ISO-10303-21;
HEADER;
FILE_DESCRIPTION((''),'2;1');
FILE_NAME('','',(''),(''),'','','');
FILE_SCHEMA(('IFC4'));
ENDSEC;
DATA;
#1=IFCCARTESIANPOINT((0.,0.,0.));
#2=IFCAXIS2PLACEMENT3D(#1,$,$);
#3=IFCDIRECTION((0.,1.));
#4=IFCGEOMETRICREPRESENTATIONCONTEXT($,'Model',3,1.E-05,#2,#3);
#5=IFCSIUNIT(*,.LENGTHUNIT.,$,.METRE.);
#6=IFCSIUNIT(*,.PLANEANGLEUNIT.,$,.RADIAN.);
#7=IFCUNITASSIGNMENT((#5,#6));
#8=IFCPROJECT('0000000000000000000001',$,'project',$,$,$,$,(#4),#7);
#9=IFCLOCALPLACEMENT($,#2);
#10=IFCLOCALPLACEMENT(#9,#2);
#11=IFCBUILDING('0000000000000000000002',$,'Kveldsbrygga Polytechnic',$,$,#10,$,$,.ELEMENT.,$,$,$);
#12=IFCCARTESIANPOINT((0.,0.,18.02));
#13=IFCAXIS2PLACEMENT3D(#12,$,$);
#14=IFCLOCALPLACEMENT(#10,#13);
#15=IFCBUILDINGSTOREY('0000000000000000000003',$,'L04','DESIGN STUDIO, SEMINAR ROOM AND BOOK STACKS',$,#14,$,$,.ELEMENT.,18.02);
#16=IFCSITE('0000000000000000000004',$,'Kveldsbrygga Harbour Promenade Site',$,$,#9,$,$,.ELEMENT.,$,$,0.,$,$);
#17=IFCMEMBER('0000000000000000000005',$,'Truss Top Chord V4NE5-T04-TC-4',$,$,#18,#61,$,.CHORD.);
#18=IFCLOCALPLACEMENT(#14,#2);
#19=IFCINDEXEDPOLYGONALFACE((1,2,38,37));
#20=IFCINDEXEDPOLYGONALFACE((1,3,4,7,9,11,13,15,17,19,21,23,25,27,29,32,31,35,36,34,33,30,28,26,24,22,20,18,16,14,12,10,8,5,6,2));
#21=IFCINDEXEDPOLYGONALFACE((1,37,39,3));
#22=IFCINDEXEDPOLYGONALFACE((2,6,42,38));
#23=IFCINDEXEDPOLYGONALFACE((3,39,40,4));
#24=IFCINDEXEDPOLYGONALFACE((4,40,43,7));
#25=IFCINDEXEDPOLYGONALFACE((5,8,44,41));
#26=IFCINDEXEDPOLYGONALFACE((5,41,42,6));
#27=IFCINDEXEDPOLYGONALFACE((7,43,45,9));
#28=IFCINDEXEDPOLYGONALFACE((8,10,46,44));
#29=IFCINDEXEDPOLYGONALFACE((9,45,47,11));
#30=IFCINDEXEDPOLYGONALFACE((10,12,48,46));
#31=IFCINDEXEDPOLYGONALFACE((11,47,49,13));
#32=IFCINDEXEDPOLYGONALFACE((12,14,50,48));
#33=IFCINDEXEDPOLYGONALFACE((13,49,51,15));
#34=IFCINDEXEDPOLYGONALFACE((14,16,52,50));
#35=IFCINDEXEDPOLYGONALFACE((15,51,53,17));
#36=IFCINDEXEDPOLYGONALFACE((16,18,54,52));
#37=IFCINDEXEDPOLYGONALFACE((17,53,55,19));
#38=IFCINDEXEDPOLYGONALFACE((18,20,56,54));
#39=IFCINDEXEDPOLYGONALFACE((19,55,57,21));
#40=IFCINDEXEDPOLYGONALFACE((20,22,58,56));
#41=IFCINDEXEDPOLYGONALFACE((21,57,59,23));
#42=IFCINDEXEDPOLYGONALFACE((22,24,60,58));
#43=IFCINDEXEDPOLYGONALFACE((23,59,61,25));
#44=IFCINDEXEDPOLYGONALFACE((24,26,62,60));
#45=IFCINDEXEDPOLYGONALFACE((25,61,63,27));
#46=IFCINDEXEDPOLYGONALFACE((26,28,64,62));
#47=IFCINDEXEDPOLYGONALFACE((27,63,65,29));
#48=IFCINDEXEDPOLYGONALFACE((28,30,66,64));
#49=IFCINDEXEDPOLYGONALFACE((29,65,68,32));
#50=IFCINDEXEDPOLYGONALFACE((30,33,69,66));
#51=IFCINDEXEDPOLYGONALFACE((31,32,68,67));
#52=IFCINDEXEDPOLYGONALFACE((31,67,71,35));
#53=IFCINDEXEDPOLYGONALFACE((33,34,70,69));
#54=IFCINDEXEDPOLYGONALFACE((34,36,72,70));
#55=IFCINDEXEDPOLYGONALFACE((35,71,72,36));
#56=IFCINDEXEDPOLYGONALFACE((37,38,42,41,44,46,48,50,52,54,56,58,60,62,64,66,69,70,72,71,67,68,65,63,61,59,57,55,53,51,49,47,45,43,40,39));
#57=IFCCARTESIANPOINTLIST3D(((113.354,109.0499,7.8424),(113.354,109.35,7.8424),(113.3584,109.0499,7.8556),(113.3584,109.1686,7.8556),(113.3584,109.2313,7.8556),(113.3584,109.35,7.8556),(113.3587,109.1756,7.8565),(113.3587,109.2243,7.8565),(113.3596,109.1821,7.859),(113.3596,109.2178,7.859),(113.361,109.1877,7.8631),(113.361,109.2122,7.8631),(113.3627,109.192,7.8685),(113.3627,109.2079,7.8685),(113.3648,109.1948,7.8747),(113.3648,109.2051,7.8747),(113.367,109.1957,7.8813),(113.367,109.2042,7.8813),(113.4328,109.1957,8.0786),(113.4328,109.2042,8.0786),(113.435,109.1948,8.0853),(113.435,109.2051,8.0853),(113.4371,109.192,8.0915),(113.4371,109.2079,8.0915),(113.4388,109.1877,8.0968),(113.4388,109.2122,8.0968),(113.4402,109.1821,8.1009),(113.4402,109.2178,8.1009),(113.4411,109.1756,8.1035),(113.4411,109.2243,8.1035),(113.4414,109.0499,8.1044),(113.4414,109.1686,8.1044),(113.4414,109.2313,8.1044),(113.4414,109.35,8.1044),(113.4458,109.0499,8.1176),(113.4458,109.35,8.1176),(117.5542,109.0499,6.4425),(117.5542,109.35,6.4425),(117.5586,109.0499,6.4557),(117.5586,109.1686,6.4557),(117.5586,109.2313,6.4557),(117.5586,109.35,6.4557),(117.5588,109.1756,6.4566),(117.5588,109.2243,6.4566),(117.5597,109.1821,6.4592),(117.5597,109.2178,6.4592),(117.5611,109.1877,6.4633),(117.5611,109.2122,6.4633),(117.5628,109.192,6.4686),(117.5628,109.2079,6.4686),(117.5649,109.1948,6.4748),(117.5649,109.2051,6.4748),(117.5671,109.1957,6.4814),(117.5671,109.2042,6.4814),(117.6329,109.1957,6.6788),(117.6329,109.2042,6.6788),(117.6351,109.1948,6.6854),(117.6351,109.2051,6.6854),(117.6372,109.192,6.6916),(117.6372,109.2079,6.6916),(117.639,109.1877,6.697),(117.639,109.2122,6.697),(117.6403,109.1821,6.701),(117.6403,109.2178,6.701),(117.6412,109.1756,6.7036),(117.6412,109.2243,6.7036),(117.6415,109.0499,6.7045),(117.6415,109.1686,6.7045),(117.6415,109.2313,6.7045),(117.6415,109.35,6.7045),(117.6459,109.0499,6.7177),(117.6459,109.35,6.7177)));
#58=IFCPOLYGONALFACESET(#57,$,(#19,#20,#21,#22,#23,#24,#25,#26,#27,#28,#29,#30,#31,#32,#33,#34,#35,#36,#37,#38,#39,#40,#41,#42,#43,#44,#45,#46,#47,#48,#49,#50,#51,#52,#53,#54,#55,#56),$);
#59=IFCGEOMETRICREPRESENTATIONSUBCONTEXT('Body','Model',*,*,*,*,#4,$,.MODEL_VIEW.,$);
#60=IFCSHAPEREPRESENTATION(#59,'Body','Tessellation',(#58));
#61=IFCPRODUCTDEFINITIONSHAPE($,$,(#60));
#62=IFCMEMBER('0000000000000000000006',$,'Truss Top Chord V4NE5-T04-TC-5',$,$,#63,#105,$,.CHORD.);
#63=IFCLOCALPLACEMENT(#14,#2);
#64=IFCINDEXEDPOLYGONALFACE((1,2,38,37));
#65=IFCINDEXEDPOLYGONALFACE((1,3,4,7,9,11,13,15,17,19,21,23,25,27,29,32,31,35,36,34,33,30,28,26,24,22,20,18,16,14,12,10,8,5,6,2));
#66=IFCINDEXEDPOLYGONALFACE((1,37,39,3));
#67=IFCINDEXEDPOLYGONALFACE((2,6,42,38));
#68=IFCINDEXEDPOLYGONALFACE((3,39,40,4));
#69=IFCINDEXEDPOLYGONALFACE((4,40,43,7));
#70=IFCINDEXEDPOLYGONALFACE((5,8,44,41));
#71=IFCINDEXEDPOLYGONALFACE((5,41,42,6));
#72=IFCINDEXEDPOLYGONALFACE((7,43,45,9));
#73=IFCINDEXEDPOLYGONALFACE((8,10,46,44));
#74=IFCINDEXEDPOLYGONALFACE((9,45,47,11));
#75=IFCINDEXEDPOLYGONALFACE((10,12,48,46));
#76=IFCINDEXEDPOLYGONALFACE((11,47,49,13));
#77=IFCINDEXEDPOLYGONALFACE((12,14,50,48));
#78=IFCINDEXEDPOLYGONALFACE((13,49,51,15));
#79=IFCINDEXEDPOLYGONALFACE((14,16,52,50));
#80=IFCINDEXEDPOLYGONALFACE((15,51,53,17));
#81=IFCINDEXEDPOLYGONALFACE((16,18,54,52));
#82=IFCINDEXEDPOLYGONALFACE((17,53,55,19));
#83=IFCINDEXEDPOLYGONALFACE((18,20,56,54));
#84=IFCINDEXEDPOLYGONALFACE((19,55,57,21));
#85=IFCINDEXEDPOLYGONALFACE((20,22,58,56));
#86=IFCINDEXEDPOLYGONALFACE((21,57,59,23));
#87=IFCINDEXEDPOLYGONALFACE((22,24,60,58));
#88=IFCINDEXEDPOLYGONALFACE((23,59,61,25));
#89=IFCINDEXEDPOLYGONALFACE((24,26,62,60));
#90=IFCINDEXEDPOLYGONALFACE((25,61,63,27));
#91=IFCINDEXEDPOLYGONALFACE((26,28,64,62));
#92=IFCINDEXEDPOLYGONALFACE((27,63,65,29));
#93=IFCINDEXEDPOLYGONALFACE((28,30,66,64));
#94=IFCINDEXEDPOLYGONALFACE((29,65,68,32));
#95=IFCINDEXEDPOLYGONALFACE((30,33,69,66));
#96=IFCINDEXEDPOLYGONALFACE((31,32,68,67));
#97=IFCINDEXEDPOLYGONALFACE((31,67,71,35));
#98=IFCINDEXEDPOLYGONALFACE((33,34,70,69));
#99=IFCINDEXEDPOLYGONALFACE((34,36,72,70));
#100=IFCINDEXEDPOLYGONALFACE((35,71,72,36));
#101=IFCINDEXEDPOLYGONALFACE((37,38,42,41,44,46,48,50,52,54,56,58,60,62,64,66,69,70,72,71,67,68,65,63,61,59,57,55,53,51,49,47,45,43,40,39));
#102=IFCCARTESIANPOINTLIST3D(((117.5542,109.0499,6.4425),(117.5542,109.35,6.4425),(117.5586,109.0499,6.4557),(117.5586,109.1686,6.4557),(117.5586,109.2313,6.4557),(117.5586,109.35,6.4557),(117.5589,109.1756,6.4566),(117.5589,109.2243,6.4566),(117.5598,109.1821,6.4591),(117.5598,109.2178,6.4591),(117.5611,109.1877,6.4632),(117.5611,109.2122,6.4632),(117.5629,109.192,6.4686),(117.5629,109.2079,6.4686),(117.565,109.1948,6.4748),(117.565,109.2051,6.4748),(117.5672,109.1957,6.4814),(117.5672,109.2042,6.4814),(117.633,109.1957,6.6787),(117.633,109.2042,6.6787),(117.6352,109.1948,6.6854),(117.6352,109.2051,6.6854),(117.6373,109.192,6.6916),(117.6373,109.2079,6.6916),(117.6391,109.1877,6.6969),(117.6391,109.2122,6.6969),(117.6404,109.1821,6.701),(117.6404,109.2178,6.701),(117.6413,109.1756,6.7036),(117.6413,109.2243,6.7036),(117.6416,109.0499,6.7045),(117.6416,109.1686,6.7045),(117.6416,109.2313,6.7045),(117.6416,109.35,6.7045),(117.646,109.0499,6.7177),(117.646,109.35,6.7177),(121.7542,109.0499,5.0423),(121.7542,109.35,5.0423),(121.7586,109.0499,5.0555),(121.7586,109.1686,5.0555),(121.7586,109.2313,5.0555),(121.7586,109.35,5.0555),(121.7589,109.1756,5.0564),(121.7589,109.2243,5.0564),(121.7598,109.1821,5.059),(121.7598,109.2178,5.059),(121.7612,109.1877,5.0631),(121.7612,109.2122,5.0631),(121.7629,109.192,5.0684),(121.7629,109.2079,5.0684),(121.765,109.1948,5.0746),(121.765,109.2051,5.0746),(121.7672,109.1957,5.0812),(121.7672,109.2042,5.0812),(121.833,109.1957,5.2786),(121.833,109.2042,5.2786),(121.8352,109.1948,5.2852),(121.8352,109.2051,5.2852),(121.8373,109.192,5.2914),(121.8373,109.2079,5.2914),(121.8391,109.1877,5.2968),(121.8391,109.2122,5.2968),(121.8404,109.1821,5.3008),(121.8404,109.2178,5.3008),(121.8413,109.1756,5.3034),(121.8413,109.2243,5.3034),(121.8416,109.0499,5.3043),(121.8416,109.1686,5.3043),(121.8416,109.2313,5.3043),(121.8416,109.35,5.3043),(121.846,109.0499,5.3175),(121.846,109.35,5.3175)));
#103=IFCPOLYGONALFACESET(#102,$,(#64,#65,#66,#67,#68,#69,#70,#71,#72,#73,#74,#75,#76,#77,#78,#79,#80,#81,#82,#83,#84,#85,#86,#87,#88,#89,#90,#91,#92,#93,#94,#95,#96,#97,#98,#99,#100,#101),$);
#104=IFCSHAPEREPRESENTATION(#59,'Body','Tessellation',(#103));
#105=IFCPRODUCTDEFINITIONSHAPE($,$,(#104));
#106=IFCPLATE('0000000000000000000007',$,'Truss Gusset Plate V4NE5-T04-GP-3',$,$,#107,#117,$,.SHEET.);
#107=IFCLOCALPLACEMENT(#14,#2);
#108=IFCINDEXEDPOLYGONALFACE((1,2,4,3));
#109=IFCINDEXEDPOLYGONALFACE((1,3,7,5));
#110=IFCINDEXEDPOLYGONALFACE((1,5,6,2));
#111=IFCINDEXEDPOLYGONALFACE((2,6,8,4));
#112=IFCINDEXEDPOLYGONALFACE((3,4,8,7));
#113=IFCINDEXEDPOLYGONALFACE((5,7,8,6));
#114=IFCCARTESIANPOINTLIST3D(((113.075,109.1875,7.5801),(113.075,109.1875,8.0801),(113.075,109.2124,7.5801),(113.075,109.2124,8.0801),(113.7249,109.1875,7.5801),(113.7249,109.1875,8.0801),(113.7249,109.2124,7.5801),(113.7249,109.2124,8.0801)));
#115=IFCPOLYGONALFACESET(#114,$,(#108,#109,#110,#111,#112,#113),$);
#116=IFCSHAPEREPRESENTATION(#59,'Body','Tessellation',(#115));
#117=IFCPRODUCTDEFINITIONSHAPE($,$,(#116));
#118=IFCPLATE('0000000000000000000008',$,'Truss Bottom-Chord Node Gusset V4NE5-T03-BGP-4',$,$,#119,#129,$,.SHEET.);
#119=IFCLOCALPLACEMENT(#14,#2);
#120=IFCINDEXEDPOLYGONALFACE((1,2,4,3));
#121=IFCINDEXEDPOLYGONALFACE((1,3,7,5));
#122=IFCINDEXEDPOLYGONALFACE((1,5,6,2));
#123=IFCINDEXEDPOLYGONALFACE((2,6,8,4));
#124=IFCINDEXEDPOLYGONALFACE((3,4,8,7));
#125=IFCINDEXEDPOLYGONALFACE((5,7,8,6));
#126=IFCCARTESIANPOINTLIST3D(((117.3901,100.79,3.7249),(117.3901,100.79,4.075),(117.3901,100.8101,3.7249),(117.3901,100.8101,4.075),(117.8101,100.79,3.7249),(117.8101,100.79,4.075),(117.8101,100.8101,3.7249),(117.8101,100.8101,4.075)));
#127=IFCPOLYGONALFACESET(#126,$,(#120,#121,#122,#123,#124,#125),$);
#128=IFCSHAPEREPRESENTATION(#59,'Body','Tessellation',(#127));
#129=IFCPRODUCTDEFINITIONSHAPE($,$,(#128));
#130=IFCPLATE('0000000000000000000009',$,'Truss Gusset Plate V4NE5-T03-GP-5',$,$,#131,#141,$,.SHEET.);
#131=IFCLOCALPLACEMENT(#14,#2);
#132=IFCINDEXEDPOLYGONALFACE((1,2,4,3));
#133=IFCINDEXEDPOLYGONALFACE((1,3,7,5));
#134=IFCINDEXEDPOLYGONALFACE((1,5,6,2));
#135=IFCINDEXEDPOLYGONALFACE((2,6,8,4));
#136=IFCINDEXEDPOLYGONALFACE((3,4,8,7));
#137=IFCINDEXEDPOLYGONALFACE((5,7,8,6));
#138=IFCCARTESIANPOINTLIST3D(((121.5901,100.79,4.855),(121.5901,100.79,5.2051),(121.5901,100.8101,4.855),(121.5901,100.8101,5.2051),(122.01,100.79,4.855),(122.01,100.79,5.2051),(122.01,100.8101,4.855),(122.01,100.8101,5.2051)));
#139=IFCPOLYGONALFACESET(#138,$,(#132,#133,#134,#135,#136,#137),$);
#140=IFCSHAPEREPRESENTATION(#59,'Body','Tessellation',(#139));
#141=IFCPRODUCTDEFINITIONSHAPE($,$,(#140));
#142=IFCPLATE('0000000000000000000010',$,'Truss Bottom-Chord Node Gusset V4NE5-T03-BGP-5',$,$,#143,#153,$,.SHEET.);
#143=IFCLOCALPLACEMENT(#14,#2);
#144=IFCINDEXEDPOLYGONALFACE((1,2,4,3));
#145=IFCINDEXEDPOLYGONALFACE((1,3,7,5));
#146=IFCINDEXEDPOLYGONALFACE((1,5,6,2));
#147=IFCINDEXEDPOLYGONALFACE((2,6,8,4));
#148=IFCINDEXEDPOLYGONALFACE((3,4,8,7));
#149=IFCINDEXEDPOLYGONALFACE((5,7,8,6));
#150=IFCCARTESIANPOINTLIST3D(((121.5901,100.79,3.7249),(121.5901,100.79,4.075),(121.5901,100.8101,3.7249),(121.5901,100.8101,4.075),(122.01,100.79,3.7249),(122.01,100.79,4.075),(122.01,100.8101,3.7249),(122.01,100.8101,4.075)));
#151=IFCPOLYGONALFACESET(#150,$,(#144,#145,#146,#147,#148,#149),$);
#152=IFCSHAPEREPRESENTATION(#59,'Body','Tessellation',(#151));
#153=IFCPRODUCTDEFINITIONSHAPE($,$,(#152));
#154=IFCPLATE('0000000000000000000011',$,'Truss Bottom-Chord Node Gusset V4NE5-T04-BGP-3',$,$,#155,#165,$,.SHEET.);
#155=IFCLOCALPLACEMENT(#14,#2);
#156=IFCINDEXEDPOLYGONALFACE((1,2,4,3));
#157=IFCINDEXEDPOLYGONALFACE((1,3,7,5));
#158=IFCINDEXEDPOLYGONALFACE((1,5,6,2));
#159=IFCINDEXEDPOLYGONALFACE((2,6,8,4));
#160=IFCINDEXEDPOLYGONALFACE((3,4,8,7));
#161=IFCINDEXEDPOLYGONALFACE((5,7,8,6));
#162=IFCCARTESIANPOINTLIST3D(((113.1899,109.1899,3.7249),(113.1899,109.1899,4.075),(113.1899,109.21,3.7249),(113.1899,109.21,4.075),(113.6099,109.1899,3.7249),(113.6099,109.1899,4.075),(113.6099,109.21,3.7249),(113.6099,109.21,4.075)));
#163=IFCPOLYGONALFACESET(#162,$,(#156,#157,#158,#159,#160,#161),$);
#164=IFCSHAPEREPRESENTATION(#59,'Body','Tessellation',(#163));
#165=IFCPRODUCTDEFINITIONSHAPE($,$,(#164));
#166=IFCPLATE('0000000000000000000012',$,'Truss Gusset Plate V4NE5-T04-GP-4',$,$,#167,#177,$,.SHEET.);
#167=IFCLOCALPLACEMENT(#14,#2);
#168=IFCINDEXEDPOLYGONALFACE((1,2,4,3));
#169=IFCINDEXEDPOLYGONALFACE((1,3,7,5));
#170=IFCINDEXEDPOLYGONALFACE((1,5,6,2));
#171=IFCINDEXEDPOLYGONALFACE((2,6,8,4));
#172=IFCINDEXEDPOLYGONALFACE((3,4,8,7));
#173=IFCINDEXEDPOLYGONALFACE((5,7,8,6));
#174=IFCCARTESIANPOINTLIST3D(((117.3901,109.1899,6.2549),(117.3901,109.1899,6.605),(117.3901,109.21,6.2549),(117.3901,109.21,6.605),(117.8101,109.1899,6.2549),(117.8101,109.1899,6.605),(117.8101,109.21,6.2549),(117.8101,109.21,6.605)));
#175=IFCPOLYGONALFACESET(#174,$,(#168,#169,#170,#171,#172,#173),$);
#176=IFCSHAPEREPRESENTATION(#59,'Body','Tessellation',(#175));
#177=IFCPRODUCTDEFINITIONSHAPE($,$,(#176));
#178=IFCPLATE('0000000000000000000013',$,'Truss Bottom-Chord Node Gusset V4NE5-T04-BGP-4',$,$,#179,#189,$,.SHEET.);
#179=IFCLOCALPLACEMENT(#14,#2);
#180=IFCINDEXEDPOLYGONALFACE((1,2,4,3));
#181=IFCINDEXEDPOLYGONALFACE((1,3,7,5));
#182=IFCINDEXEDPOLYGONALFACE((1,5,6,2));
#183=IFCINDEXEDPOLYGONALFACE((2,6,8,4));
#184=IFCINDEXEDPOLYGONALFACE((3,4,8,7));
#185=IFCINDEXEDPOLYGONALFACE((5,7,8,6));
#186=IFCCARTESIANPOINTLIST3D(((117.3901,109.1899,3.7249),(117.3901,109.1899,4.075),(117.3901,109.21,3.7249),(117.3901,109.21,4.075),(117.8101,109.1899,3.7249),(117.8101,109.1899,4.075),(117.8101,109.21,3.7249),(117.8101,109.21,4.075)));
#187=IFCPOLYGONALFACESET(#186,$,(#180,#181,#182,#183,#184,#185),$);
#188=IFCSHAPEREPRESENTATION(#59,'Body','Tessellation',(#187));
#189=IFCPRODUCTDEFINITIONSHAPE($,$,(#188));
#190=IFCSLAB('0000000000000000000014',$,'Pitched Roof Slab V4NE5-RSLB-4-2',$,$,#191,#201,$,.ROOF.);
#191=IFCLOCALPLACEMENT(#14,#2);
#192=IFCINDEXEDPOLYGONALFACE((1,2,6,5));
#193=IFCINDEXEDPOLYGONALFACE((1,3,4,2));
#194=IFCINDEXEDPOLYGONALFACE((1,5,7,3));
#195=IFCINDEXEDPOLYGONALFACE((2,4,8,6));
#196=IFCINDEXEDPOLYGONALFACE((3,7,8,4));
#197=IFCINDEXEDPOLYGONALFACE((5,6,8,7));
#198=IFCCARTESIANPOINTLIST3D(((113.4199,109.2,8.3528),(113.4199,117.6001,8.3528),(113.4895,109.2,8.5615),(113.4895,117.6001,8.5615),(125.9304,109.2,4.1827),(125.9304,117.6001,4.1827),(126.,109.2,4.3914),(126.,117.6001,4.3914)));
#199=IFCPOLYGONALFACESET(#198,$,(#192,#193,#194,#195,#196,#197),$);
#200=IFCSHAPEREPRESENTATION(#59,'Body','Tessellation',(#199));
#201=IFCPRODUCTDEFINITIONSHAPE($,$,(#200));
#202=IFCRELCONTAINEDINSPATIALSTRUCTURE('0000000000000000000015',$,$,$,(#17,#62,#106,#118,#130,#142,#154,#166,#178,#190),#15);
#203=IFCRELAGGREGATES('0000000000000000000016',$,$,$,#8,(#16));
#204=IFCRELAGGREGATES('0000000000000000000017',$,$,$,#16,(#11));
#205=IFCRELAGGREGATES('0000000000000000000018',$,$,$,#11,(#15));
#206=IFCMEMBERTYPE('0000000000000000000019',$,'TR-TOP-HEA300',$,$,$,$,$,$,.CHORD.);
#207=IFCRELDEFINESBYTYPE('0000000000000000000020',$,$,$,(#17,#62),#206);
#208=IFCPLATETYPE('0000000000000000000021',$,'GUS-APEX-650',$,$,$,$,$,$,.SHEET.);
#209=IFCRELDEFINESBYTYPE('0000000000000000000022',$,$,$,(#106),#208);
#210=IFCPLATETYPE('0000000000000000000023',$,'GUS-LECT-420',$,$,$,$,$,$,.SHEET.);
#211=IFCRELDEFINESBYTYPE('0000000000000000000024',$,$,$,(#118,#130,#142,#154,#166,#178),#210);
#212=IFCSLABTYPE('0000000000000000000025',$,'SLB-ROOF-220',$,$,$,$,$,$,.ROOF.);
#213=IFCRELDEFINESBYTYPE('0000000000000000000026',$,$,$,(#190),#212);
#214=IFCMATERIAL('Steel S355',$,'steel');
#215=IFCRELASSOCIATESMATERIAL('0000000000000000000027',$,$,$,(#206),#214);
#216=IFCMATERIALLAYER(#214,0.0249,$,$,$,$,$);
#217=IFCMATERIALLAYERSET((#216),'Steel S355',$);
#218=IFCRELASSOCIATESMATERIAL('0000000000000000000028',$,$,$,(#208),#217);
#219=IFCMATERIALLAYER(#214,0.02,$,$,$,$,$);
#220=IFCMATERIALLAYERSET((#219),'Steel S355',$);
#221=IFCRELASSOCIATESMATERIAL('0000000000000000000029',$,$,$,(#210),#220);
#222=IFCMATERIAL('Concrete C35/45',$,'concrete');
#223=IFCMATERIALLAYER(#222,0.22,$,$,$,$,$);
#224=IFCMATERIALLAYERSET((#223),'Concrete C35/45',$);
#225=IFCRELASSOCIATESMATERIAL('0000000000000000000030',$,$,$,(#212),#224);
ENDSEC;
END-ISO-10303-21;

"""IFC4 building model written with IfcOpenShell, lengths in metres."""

from ifc_helpers import new_model, si_unit, direction, frame, origin, origin_2d, place, context, subcontext, project, spatial, polyline, rectangle, i_section, outline, extrude, material, layer, layer_set, material_profile, profile_set, type_object, element, save


model = new_model("IFC4")

# Units and contexts
model_context = context("Model", 3, precision=1e-05, world=origin(), true_north=direction((0.0, 1.0)))
body_context = subcontext(model_context, "Body", "Model", "MODEL_VIEW")
ifc_project = project(units=[si_unit("LENGTHUNIT", "METRE"), si_unit("PLANEANGLEUNIT", "RADIAN")], contexts=[model_context])

# Site, building, storey
site_placement = place(None, origin())
site = spatial("IfcSite", under=ifc_project, at=site_placement, Name="Kveldsbrygga Harbour Promenade Site", CompositionType="ELEMENT", RefElevation=0.0)
building_placement = place(site_placement, origin())
building = spatial("IfcBuilding", under=site, at=building_placement, Name="Kveldsbrygga Polytechnic", CompositionType="ELEMENT")
storey_placement = place(building_placement, frame((0.0, 0.0, 18.02)))
storey = spatial("IfcBuildingStorey", under=building, at=storey_placement, Name="L04", Description="DESIGN STUDIO, SEMINAR ROOM AND BOOK STACKS", CompositionType="ELEMENT", Elevation=18.02)

# Members
ifc_material_1 = material(Name="Steel S355", Category="steel")
ifc_material_profile_1 = material_profile(ifc_material_1, i_section(OverallWidth=0.3, OverallDepth=0.29, WebThickness=0.0085, FlangeThickness=0.0139, FilletRadius=0.0271, at=origin_2d()), Name="HEA 300")
ifc_profile_set_1 = profile_set([ifc_material_profile_1], Name="Steel S355")
member_type_1 = type_object("IfcMemberType", Name="TR-TOP-HEA300", PredefinedType="CHORD", material=ifc_profile_set_1)
for number, where, z_axis, x_axis, name in (
    (1, (113.3999, 109.2, 7.98), (0.948694, 0.0, -0.316195), (0.0, 1.0, 0.0), "Truss Top Chord V4NE5-T04-TC-4"),
    (2, (117.6001, 109.2, 6.5801), (0.948672, 0.0, -0.316261), (0.0, 1.0, 0.0), "Truss Top Chord V4NE5-T04-TC-5"),
):
    element("IfcMember", number, at=place(storey_placement, frame(where, z_axis=z_axis, x_axis=x_axis)), inside=storey, type_object=member_type_1, Name=name, PredefinedType="CHORD", context=body_context, shape_type="SweptSolid", body=[
        extrude(i_section(OverallWidth=0.3, OverallDepth=0.29, WebThickness=0.0085, FlangeThickness=0.0139, FilletRadius=0.0271, at=origin_2d()), origin(), (0.0, 0.0, 1.0), 4.4272),
    ])

# Plates
ifc_layer_1 = layer(ifc_material_1, 0.0249)
ifc_layer_set_1 = layer_set([ifc_layer_1], Name="Steel S355")
plate_type_1 = type_object("IfcPlateType", Name="GUS-APEX-650", PredefinedType="SHEET", material=ifc_layer_set_1)
plate_placement = place(storey_placement, frame((113.3999, 109.2, 7.5801), z_axis=(0.0, 0.0, 1.0), x_axis=(1.0, 0.0, 0.0)))
element("IfcPlate", 3, at=plate_placement, inside=storey, type_object=plate_type_1, Name="Truss Gusset Plate V4NE5-T04-GP-3", PredefinedType="SHEET", context=body_context, shape_type="SweptSolid", body=[
    extrude(rectangle(XDim=0.6499, YDim=0.0249, at=origin_2d()), origin(), (0.0, 0.0, 1.0), 0.5),
])
ifc_layer_2 = layer(ifc_material_1, 0.02)
ifc_layer_set_2 = layer_set([ifc_layer_2], Name="Steel S355")
plate_type_2 = type_object("IfcPlateType", Name="GUS-LECT-420", PredefinedType="SHEET", material=ifc_layer_set_2)
for number, where, z_axis, x_axis, name in (
    (4, (117.6001, 100.8, 3.7249), (0.0, 0.0, 1.0), (1.0, 0.0, 0.0), "Truss Bottom-Chord Node Gusset V4NE5-T03-BGP-4"),
    (5, (121.8, 100.8, 4.855), (0.0, 0.0, 1.0), (1.0, 0.0, 0.0), "Truss Gusset Plate V4NE5-T03-GP-5"),
    (6, (121.8, 100.8, 3.7249), (0.0, 0.0, 1.0), (1.0, 0.0, 0.0), "Truss Bottom-Chord Node Gusset V4NE5-T03-BGP-5"),
    (7, (113.3999, 109.2, 3.7249), (0.0, 0.0, 1.0), (1.0, 0.0, 0.0), "Truss Bottom-Chord Node Gusset V4NE5-T04-BGP-3"),
    (8, (117.6001, 109.2, 6.2549), (0.0, 0.0, 1.0), (1.0, 0.0, 0.0), "Truss Gusset Plate V4NE5-T04-GP-4"),
    (9, (117.6001, 109.2, 3.7249), (0.0, 0.0, 1.0), (1.0, 0.0, 0.0), "Truss Bottom-Chord Node Gusset V4NE5-T04-BGP-4"),
):
    element("IfcPlate", number, at=place(storey_placement, frame(where, z_axis=z_axis, x_axis=x_axis)), inside=storey, type_object=plate_type_2, Name=name, PredefinedType="SHEET", context=body_context, shape_type="SweptSolid", body=[
        extrude(rectangle(XDim=0.4199, YDim=0.02, at=origin_2d()), origin(), (0.0, 0.0, 1.0), 0.3501),
    ])

# Slab
ifc_material_2 = material(Name="Concrete C35/45", Category="concrete")
ifc_layer_3 = layer(ifc_material_2, 0.22)
ifc_layer_set_3 = layer_set([ifc_layer_3], Name="Concrete C35/45")
slab_type = type_object("IfcSlabType", Name="SLB-ROOF-220", PredefinedType="ROOF", material=ifc_layer_set_3)
slab_placement = place(storey_placement, frame((113.4895, 109.2, 8.5615), z_axis=(0.316228, 0.0, 0.948683), x_axis=(0.948683, 0.0, -0.316228)))
element("IfcSlab", 10, at=slab_placement, inside=storey, type_object=slab_type, Name="Pitched Roof Slab V4NE5-RSLB-4-2", PredefinedType="ROOF", context=body_context, shape_type="SweptSolid", body=[
    extrude(outline(polyline([(0.0, 0.0), (13.1872, 0.0), (13.1872, 8.4001), (0.0, 8.4001), (0.0, 0.0)])), origin(), (0.0, 0.0, -1.0), 0.22),
])

save(model, "model.ifc")
